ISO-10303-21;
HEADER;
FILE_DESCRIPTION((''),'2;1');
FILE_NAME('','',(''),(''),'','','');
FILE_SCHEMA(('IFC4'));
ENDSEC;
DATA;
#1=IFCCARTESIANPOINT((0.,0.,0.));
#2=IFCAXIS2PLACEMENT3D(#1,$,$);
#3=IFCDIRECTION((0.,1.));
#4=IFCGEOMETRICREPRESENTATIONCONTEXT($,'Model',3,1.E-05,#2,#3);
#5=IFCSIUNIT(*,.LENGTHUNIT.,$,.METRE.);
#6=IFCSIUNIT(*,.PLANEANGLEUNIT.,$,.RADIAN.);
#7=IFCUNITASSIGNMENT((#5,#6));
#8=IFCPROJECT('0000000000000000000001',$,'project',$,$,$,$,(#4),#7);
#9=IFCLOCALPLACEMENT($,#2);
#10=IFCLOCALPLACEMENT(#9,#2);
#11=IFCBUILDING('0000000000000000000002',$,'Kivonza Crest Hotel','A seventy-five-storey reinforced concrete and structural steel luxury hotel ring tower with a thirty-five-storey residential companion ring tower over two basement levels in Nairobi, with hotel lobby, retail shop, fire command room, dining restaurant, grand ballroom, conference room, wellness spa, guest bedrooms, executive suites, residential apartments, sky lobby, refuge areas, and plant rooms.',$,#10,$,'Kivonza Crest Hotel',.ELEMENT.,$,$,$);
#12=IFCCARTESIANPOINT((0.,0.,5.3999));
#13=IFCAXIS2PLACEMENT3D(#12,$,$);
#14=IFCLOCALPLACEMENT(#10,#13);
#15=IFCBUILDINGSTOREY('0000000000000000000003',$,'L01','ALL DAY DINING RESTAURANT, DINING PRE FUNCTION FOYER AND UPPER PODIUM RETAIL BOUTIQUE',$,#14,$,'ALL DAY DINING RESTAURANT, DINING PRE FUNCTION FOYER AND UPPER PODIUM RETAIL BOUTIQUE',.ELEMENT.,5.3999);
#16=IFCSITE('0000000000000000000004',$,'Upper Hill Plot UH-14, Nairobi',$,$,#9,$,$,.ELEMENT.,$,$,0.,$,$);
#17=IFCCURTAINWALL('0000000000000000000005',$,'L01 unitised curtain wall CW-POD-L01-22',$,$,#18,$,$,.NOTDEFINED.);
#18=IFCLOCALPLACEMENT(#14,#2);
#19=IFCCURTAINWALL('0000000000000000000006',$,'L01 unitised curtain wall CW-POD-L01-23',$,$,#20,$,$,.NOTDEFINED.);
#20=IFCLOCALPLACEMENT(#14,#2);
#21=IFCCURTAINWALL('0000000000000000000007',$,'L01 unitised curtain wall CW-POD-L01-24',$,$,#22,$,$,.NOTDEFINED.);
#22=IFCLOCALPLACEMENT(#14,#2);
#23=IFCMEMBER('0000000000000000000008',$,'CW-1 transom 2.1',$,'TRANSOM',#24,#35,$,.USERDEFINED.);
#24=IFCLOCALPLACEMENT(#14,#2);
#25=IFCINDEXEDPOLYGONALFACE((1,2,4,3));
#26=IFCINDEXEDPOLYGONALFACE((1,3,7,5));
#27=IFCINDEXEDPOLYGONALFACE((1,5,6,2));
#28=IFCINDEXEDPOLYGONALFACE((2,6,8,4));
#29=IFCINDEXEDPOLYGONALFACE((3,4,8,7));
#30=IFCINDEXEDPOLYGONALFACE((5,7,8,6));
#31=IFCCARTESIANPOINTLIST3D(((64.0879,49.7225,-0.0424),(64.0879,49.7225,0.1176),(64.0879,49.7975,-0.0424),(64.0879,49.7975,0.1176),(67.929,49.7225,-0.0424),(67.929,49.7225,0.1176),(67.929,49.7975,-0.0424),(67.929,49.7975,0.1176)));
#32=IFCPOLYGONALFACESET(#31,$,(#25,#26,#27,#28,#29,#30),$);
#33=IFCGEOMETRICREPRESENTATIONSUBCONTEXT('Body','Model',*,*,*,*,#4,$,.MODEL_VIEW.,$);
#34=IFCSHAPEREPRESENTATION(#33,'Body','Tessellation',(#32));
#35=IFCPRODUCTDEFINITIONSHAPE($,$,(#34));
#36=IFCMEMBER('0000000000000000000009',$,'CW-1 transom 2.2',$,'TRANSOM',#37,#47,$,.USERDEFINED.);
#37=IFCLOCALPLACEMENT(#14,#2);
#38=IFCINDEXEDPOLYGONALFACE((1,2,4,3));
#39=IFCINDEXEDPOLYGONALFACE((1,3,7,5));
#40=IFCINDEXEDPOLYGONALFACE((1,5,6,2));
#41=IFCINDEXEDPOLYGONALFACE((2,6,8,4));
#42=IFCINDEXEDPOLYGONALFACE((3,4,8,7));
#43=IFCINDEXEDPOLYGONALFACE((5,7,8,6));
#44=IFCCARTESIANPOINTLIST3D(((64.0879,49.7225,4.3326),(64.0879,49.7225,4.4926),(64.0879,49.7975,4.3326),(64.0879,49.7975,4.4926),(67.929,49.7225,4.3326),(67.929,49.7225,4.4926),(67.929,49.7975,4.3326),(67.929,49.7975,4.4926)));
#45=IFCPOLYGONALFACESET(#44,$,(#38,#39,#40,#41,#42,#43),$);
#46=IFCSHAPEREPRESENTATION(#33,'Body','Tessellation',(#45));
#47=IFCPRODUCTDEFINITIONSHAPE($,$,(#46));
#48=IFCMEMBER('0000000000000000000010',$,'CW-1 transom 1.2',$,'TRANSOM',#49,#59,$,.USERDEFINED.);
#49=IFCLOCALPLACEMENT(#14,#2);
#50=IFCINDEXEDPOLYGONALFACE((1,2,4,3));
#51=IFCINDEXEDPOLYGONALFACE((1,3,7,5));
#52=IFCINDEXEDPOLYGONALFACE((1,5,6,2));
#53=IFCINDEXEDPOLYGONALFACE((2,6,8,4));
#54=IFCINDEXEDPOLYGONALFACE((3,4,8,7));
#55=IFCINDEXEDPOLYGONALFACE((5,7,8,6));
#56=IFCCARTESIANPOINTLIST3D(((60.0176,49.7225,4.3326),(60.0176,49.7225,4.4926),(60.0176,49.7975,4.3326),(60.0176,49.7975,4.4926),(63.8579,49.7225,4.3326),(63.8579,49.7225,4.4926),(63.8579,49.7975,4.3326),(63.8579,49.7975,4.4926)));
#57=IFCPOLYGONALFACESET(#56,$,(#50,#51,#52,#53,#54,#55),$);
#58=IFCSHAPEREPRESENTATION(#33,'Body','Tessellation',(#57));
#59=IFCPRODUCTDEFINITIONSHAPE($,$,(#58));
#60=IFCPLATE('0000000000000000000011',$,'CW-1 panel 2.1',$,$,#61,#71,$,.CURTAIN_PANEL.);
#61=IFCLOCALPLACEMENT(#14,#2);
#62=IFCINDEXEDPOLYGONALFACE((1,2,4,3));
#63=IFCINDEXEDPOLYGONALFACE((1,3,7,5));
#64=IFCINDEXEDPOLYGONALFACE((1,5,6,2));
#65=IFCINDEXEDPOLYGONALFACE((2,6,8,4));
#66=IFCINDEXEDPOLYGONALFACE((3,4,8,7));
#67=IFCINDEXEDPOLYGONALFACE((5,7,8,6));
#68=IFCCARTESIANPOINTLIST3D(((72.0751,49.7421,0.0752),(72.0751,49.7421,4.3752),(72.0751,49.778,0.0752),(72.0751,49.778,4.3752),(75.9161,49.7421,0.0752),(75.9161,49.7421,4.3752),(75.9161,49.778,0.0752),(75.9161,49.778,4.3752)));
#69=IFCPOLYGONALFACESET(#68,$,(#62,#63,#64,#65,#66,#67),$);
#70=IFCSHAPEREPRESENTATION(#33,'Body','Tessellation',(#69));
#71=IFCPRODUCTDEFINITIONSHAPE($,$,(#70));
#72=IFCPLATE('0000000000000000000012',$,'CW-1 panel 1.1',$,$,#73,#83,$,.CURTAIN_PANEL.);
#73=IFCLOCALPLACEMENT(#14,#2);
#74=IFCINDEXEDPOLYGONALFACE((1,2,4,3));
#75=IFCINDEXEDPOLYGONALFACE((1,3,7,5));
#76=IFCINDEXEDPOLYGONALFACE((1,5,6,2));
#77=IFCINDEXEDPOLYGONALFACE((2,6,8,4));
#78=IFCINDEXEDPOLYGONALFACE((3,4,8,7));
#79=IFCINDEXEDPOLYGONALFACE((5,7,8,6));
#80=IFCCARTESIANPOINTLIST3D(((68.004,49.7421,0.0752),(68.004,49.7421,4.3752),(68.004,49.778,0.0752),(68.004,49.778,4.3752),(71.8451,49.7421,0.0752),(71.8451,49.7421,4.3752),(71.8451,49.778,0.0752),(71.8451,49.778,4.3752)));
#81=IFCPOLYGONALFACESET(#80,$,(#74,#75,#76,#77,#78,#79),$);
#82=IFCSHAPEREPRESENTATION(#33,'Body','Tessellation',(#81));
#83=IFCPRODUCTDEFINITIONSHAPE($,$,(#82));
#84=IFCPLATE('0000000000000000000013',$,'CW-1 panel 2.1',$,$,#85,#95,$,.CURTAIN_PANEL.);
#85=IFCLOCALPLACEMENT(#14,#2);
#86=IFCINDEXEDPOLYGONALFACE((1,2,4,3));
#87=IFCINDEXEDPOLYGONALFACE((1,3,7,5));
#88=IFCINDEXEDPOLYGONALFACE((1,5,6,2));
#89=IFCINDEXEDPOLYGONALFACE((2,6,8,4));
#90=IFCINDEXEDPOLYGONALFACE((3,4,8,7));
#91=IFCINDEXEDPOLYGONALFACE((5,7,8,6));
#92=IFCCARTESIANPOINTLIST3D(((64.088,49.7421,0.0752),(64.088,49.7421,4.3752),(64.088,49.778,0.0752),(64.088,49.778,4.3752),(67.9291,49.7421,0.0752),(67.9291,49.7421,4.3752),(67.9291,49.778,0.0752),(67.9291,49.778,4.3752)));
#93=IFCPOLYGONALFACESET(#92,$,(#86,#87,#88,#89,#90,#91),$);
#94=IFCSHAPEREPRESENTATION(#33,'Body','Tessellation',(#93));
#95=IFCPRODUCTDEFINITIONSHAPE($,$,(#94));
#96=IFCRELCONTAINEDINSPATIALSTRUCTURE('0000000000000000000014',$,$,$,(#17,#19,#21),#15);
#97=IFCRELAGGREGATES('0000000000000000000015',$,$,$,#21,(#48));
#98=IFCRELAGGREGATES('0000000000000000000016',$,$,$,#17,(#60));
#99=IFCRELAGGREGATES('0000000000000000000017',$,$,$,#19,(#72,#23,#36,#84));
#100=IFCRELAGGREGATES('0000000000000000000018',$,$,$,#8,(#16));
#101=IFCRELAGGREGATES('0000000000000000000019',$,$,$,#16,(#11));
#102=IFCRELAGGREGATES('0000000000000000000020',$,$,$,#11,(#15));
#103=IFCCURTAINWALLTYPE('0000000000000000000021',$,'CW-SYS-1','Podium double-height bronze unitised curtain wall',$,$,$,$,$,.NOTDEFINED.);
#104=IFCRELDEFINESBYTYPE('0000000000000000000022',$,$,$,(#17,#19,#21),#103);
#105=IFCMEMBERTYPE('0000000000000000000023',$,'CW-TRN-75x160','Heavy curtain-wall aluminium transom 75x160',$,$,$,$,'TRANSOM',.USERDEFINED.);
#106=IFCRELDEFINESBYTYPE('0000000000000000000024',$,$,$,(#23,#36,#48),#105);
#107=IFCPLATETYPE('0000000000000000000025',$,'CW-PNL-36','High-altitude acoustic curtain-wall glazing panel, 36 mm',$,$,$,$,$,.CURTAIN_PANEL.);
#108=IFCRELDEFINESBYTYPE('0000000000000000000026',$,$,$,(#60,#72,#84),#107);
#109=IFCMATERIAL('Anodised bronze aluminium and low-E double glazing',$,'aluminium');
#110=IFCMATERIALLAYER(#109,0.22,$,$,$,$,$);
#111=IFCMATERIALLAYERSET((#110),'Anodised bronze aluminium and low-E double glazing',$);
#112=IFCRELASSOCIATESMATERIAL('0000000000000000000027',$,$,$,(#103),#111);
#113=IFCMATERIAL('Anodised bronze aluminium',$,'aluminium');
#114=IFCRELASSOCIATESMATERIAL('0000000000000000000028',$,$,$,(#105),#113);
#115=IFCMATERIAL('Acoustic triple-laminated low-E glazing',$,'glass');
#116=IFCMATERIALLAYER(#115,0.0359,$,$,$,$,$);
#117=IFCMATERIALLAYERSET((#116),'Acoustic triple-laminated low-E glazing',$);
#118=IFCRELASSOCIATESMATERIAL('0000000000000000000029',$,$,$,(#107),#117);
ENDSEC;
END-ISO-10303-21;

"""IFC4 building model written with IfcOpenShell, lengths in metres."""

from ifc_helpers import new_model, si_unit, direction, frame, origin, origin_2d, place, context, subcontext, project, spatial, rectangle, extrude, material, layer, layer_set, material_profile, profile_set, type_object, element, aggregate, save


model = new_model("IFC4")

# Units and contexts
model_context = context("Model", 3, precision=1e-05, world=origin(), true_north=direction((0.0, 1.0)))
body_context = subcontext(model_context, "Body", "Model", "MODEL_VIEW")
ifc_project = project(units=[si_unit("LENGTHUNIT", "METRE"), si_unit("PLANEANGLEUNIT", "RADIAN")], contexts=[model_context])

# Site, building, storey
site_placement = place(None, origin())
site = spatial("IfcSite", under=ifc_project, at=site_placement, Name="Upper Hill Plot UH-14, Nairobi", CompositionType="ELEMENT", RefElevation=0.0)
building_placement = place(site_placement, origin())
building = spatial("IfcBuilding", under=site, at=building_placement, Name="Kivonza Crest Hotel", Description="A seventy-five-storey reinforced concrete and structural steel luxury hotel ring tower with a thirty-five-storey residential companion ring tower over two basement levels in Nairobi, with hotel lobby, retail shop, fire command room, dining restaurant, grand ballroom, conference room, wellness spa, guest bedrooms, executive suites, residential apartments, sky lobby, refuge areas, and plant rooms.", LongName="Kivonza Crest Hotel", CompositionType="ELEMENT")
storey_placement = place(building_placement, frame((0.0, 0.0, 5.3999)))
storey = spatial("IfcBuildingStorey", under=building, at=storey_placement, Name="L01", Description="ALL DAY DINING RESTAURANT, DINING PRE FUNCTION FOYER AND UPPER PODIUM RETAIL BOUTIQUE", LongName="ALL DAY DINING RESTAURANT, DINING PRE FUNCTION FOYER AND UPPER PODIUM RETAIL BOUTIQUE", CompositionType="ELEMENT", Elevation=5.3999)

# Curtain wall
ifc_material_1 = material(Name="Anodised bronze aluminium and low-E double glazing", Category="aluminium")
ifc_layer_1 = layer(ifc_material_1, 0.22)
ifc_layer_set_1 = layer_set([ifc_layer_1], Name="Anodised bronze aluminium and low-E double glazing")
curtain_wall_type = type_object("IfcCurtainWallType", Name="CW-SYS-1", Description="Podium double-height bronze unitised curtain wall", PredefinedType="NOTDEFINED", material=ifc_layer_set_1)
curtain_wall_1_placement = place(storey_placement, origin())
curtain_wall_1 = element("IfcCurtainWall", 1, at=curtain_wall_1_placement, inside=storey, type_object=curtain_wall_type, Name="L01 unitised curtain wall CW-POD-L01-22", PredefinedType="NOTDEFINED")
ifc_material_2 = material(Name="Anodised bronze aluminium", Category="aluminium")

# Curtain wall
curtain_wall_2_placement = place(storey_placement, origin())
curtain_wall_2 = element("IfcCurtainWall", 2, at=curtain_wall_2_placement, inside=storey, type_object=curtain_wall_type, Name="L01 unitised curtain wall CW-POD-L01-23", PredefinedType="NOTDEFINED")

# Curtain wall
curtain_wall_3_placement = place(storey_placement, origin())
curtain_wall_3 = element("IfcCurtainWall", 3, at=curtain_wall_3_placement, inside=storey, type_object=curtain_wall_type, Name="L01 unitised curtain wall CW-POD-L01-24", PredefinedType="NOTDEFINED")

# Members
ifc_material_profile_1 = material_profile(ifc_material_2, rectangle(XDim=0.075, YDim=0.1599, at=origin_2d()), Name="CW-T 75x160")
ifc_profile_set_1 = profile_set([ifc_material_profile_1], Name="Anodised bronze aluminium")
member_type_1 = type_object("IfcMemberType", Name="CW-TRN-75x160", Description="Heavy curtain-wall aluminium transom 75x160", ElementType="TRANSOM", PredefinedType="USERDEFINED", material=ifc_profile_set_1)
member_1_placement = place(storey_placement, frame((67.929, 49.76, 0.0376), z_axis=(-1.0, 0.0, 0.0), x_axis=(0.0, -1.0, 0.0)))
member_1 = element("IfcMember", 4, at=member_1_placement, type_object=member_type_1, Name="CW-1 transom 2.1", ObjectType="TRANSOM", PredefinedType="USERDEFINED", context=body_context, shape_type="SweptSolid", body=[
    extrude(rectangle(XDim=0.075, YDim=0.1599, at=origin_2d()), origin(), (0.0, 0.0, 1.0), 3.8411),
])
member_2_placement = place(storey_placement, frame((67.929, 49.76, 4.4126), z_axis=(-1.0, 0.0, 0.0), x_axis=(0.0, -1.0, 0.0)))
member_2 = element("IfcMember", 5, at=member_2_placement, type_object=member_type_1, Name="CW-1 transom 2.2", ObjectType="TRANSOM", PredefinedType="USERDEFINED", context=body_context, shape_type="SweptSolid", body=[
    extrude(rectangle(XDim=0.075, YDim=0.1599, at=origin_2d()), origin(), (0.0, 0.0, 1.0), 3.8411),
])
member_3_placement = place(storey_placement, frame((63.8579, 49.76, 4.4126), z_axis=(-1.0, 0.0, 0.0), x_axis=(0.0, -1.0, 0.0)))
member_3 = element("IfcMember", 6, at=member_3_placement, type_object=member_type_1, Name="CW-1 transom 1.2", ObjectType="TRANSOM", PredefinedType="USERDEFINED", context=body_context, shape_type="SweptSolid", body=[
    extrude(rectangle(XDim=0.075, YDim=0.1599, at=origin_2d()), origin(), (0.0, 0.0, 1.0), 3.8403),
])
aggregate(curtain_wall_3, [member_3])

# Plates
ifc_material_3 = material(Name="Acoustic triple-laminated low-E glazing", Category="glass")
ifc_layer_2 = layer(ifc_material_3, 0.0359)
ifc_layer_set_2 = layer_set([ifc_layer_2], Name="Acoustic triple-laminated low-E glazing")
plate_type = type_object("IfcPlateType", Name="CW-PNL-36", Description="High-altitude acoustic curtain-wall glazing panel, 36 mm", PredefinedType="CURTAIN_PANEL", material=ifc_layer_set_2)
plate_1_placement = place(storey_placement, frame((73.9956, 49.76, 0.0752), z_axis=(0.0, 0.0, 1.0), x_axis=(-1.0, 0.0, 0.0)))
plate_1 = element("IfcPlate", 7, at=plate_1_placement, type_object=plate_type, Name="CW-1 panel 2.1", PredefinedType="CURTAIN_PANEL", context=body_context, shape_type="SweptSolid", body=[
    extrude(rectangle(XDim=3.8411, YDim=0.0359, at=origin_2d()), origin(), (0.0, 0.0, 1.0), 4.3),
])
aggregate(curtain_wall_1, [plate_1])
plate_2_placement = place(storey_placement, frame((69.9246, 49.76, 0.0752), z_axis=(0.0, 0.0, 1.0), x_axis=(-1.0, 0.0, 0.0)))
plate_2 = element("IfcPlate", 8, at=plate_2_placement, type_object=plate_type, Name="CW-1 panel 1.1", PredefinedType="CURTAIN_PANEL", context=body_context, shape_type="SweptSolid", body=[
    extrude(rectangle(XDim=3.8411, YDim=0.0359, at=origin_2d()), origin(), (0.0, 0.0, 1.0), 4.3),
])
plate_3_placement = place(storey_placement, frame((66.0085, 49.76, 0.0752), z_axis=(0.0, 0.0, 1.0), x_axis=(-1.0, 0.0, 0.0)))
plate_3 = element("IfcPlate", 9, at=plate_3_placement, type_object=plate_type, Name="CW-1 panel 2.1", PredefinedType="CURTAIN_PANEL", context=body_context, shape_type="SweptSolid", body=[
    extrude(rectangle(XDim=3.8411, YDim=0.0359, at=origin_2d()), origin(), (0.0, 0.0, 1.0), 4.3),
])
aggregate(curtain_wall_2, [plate_2, member_1, member_2, plate_3])

save(model, "model.ifc")
